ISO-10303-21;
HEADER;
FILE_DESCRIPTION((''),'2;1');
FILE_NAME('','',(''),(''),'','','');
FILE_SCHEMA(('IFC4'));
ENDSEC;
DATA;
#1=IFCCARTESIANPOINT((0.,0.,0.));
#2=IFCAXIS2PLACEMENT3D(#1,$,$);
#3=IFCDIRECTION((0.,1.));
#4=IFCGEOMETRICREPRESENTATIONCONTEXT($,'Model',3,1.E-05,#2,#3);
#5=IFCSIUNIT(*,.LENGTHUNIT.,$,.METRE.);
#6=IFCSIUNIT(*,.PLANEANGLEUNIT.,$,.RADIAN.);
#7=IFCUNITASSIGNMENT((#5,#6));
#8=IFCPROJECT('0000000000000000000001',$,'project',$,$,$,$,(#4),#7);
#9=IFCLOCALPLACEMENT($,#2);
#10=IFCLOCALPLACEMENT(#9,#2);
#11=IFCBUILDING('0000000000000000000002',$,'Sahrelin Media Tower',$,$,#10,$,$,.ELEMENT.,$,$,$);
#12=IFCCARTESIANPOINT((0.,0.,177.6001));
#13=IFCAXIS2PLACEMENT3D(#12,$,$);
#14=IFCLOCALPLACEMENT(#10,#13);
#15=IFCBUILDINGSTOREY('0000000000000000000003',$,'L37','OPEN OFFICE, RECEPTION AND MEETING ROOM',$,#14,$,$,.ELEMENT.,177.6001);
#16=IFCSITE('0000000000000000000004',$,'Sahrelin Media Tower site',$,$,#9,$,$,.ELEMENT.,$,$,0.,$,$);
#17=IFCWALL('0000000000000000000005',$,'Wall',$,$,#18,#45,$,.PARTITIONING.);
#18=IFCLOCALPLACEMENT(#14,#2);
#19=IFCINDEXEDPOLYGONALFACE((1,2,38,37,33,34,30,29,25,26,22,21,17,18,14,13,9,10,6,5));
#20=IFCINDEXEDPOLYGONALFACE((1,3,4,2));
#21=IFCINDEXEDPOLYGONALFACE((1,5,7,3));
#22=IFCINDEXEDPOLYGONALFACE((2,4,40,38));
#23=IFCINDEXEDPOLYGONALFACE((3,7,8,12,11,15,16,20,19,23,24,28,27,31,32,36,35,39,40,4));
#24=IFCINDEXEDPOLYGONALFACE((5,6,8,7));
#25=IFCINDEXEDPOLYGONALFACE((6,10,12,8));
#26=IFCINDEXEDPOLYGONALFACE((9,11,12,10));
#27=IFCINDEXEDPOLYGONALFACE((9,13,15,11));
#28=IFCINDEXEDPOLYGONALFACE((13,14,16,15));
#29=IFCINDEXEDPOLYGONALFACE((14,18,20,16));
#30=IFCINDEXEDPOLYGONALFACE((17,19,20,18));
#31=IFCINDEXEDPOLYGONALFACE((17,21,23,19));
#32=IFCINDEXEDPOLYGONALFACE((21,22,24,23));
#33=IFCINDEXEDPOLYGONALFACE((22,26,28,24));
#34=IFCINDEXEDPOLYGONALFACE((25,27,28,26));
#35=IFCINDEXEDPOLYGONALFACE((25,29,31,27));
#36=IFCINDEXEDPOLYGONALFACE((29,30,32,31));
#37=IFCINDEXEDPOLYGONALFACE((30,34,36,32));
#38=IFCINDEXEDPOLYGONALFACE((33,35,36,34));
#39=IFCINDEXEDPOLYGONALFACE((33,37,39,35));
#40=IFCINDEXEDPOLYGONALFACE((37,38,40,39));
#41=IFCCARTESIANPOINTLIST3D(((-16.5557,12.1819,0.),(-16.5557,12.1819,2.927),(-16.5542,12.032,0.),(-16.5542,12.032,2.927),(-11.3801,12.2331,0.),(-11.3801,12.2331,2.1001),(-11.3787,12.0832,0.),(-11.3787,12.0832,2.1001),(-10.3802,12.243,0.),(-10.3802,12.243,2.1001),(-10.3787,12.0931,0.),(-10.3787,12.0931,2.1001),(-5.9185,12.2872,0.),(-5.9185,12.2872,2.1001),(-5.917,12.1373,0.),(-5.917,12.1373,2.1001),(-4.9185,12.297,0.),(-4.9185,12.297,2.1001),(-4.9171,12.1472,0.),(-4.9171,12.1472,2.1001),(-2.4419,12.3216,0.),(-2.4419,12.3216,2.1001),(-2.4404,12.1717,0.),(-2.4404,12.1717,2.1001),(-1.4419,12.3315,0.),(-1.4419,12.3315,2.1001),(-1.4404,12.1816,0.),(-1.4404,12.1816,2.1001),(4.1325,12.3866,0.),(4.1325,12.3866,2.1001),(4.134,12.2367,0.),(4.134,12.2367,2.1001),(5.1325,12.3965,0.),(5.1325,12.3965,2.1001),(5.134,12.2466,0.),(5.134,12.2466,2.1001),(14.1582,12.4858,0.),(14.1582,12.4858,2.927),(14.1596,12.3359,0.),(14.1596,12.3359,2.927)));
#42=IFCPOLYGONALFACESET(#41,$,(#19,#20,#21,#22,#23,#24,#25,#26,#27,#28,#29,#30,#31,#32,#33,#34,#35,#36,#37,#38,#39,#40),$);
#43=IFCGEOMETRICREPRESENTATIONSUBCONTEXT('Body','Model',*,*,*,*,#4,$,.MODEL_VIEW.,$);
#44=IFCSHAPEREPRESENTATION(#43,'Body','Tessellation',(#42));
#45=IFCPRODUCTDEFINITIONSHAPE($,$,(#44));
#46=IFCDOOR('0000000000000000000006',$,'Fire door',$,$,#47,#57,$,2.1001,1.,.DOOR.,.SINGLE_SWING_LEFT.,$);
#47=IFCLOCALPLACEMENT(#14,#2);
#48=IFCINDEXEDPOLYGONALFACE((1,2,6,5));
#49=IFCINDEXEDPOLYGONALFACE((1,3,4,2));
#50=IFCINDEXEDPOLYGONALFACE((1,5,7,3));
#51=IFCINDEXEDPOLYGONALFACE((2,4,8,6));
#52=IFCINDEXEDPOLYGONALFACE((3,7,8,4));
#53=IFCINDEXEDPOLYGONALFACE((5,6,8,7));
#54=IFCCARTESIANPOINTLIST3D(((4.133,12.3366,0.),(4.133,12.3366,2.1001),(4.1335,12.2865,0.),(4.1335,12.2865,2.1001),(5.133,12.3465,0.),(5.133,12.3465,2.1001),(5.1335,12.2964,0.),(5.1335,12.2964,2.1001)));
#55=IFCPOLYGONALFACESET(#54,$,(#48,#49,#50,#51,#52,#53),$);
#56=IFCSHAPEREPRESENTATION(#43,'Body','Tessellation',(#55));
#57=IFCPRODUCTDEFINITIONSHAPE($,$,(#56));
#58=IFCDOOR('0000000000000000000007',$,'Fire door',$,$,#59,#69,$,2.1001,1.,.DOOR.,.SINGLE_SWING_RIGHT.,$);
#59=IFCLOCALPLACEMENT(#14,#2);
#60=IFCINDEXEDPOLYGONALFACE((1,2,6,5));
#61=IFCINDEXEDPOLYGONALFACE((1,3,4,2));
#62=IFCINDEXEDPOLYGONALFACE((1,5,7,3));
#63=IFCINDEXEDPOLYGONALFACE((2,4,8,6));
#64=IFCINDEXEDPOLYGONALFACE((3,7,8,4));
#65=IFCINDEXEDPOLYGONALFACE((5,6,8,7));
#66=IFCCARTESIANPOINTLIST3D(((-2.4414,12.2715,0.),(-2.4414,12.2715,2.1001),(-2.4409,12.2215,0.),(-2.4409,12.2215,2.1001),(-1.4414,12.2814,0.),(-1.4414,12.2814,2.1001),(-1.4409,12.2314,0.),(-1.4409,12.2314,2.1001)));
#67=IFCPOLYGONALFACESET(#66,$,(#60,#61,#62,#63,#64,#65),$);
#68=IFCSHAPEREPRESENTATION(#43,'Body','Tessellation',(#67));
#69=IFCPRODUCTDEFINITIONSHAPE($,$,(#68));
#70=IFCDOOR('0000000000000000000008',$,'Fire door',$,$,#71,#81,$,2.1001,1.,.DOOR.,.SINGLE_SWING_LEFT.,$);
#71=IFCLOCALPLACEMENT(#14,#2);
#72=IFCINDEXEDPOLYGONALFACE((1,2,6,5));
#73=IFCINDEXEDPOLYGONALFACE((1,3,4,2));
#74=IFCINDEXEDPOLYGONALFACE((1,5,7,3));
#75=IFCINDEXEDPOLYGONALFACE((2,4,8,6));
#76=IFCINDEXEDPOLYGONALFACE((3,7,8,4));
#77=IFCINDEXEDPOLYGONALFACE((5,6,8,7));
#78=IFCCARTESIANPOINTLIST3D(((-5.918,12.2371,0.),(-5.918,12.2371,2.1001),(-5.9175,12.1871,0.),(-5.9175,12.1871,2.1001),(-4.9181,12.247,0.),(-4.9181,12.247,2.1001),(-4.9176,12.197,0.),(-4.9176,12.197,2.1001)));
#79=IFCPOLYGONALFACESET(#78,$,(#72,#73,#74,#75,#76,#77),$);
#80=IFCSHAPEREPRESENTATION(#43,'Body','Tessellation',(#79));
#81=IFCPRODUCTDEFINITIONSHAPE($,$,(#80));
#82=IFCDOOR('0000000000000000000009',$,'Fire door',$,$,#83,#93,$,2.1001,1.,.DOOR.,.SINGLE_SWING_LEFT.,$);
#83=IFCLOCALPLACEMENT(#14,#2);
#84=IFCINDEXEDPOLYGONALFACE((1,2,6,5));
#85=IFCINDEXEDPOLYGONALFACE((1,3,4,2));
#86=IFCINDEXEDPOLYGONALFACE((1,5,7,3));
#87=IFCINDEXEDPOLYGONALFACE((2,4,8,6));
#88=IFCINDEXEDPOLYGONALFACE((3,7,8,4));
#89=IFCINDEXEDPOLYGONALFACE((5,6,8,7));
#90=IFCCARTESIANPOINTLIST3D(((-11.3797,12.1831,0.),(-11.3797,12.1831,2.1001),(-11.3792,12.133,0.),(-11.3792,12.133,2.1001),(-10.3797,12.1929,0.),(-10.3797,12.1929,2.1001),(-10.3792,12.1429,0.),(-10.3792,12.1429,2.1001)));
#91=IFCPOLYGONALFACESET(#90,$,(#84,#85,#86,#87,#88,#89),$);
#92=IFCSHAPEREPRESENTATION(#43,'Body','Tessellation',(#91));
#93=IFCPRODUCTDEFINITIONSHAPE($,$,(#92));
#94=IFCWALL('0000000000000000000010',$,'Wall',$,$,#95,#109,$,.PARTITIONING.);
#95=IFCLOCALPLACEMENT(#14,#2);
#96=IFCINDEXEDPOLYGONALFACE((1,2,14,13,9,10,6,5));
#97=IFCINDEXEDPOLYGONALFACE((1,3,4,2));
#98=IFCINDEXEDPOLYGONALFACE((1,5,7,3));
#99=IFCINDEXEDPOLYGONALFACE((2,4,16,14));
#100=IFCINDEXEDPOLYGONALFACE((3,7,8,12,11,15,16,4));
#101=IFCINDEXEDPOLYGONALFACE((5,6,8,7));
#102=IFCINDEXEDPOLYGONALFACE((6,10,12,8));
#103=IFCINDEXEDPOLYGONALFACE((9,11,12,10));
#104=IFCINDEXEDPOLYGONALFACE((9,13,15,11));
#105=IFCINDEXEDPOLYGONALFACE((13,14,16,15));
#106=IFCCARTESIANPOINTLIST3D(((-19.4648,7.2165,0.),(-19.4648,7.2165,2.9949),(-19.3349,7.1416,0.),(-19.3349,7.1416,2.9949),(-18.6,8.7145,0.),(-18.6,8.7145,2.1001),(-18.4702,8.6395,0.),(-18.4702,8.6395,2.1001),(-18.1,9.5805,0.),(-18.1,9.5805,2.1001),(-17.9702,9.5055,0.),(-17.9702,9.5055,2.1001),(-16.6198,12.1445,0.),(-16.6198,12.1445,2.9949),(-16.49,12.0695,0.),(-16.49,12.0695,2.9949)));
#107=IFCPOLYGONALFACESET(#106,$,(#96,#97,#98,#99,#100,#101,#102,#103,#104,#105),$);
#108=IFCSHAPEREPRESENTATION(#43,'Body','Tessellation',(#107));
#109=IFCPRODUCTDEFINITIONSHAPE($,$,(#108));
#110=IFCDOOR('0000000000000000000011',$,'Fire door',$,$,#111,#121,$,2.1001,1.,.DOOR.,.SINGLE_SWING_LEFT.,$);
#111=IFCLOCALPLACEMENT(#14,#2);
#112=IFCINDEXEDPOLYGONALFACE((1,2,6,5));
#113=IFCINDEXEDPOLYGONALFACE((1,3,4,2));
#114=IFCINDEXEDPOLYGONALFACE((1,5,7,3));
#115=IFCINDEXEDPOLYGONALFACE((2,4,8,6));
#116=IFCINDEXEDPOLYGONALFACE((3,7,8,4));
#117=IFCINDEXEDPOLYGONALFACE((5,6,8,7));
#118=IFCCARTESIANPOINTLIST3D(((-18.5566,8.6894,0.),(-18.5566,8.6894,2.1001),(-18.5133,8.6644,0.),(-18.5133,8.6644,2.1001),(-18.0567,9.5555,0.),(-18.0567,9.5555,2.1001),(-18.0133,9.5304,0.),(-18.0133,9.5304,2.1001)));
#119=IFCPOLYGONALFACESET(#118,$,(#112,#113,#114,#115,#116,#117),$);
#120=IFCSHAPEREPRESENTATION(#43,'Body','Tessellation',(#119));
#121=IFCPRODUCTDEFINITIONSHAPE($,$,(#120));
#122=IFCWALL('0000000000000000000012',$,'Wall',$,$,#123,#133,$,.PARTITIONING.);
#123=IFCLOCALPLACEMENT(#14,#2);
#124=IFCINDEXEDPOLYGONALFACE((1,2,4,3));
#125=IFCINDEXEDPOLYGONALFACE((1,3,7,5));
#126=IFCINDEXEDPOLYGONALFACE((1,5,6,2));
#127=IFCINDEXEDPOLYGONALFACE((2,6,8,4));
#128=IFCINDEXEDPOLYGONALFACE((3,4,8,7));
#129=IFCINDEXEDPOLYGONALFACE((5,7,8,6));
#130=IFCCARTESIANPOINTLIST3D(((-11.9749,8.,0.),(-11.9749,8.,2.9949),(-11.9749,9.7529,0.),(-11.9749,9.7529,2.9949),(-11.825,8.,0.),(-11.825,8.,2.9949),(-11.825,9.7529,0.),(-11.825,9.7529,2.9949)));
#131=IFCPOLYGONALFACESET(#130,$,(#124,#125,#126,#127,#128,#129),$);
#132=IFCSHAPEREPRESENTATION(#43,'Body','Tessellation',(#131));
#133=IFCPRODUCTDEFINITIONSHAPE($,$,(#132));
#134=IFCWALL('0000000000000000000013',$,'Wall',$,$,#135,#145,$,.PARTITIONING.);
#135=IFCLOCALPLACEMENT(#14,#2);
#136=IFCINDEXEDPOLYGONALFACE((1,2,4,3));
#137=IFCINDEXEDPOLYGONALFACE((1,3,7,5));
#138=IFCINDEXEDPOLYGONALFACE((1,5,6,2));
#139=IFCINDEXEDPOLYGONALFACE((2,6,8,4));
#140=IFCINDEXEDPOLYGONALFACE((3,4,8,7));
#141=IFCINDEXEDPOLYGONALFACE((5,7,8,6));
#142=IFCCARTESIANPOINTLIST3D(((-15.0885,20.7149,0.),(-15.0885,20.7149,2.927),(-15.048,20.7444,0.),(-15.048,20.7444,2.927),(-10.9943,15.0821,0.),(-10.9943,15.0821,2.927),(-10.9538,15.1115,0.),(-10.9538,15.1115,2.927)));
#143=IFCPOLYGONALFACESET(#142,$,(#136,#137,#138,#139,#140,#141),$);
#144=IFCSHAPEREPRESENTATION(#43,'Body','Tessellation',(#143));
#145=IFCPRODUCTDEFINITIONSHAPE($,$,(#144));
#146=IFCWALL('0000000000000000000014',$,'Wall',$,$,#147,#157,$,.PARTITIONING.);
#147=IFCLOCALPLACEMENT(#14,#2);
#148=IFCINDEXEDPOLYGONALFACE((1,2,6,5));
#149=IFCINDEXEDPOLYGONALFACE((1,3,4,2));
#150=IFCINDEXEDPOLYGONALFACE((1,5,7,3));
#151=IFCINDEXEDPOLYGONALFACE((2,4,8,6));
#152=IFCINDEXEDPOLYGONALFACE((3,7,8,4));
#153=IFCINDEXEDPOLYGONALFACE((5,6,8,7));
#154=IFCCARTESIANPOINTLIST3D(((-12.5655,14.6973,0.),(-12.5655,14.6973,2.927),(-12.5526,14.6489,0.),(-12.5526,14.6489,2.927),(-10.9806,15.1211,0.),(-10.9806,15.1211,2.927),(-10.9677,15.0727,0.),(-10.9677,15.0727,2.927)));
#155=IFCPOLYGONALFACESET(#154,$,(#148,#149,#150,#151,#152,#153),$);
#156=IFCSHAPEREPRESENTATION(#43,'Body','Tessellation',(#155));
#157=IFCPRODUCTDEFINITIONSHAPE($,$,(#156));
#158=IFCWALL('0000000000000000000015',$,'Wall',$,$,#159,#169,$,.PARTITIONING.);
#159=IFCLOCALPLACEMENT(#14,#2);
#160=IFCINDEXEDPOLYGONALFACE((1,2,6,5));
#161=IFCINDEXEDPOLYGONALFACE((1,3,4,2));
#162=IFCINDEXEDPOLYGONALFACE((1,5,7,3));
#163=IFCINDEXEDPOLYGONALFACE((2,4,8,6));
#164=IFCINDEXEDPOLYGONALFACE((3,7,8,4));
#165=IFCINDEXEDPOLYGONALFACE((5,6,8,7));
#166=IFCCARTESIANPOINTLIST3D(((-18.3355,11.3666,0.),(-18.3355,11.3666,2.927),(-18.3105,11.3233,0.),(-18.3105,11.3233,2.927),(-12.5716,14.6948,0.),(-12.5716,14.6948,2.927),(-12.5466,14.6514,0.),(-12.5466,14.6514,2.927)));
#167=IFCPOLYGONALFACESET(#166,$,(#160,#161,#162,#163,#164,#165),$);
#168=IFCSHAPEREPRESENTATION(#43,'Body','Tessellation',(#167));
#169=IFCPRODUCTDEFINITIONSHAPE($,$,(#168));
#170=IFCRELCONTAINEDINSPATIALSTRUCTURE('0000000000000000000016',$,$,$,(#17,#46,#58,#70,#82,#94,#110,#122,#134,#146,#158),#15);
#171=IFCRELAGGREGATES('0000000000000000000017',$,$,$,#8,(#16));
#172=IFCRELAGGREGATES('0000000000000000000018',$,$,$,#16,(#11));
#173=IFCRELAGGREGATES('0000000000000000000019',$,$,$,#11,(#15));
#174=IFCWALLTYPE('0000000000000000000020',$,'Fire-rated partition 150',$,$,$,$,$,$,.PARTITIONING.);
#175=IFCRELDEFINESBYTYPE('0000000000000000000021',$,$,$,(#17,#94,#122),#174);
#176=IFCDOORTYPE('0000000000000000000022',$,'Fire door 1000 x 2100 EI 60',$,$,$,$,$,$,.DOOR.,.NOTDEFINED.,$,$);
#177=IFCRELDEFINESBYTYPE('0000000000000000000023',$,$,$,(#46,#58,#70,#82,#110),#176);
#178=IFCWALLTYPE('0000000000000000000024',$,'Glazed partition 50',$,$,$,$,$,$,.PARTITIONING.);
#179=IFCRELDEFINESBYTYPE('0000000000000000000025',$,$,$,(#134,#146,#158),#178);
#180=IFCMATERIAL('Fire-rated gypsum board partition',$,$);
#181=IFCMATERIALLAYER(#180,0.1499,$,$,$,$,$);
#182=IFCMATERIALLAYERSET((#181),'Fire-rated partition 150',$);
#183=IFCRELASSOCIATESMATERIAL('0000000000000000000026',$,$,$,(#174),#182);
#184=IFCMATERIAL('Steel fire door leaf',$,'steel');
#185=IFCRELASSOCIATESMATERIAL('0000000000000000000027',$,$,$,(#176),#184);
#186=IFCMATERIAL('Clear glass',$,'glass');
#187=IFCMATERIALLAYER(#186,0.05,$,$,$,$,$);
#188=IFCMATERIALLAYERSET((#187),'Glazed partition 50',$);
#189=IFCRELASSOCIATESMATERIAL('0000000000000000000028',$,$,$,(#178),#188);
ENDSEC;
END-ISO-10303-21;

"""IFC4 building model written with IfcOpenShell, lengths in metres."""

from ifc_helpers import new_model, si_unit, direction, frame, frame_2d, origin, place, context, subcontext, project, spatial, rectangle, extrude, material, layer, layer_set, type_object, element, fill, save


model = new_model("IFC4")

# Units and contexts
model_context = context("Model", 3, precision=1e-05, world=origin(), true_north=direction((0.0, 1.0)))
body_context = subcontext(model_context, "Body", "Model", "MODEL_VIEW")
ifc_project = project(units=[si_unit("LENGTHUNIT", "METRE"), si_unit("PLANEANGLEUNIT", "RADIAN")], contexts=[model_context])

# Site, building, storey
site_placement = place(None, origin())
site = spatial("IfcSite", under=ifc_project, at=site_placement, Name="Sahrelin Media Tower site", CompositionType="ELEMENT", RefElevation=0.0)
building_placement = place(site_placement, origin())
building = spatial("IfcBuilding", under=site, at=building_placement, Name="Sahrelin Media Tower", CompositionType="ELEMENT")
storey_placement = place(building_placement, frame((0.0, 0.0, 177.6001)))
storey = spatial("IfcBuildingStorey", under=building, at=storey_placement, Name="L37", Description="OPEN OFFICE, RECEPTION AND MEETING ROOM", CompositionType="ELEMENT", Elevation=177.6001)

# Shared definitions
ifc_material_1 = material(Name="Steel fire door leaf", Category="steel")

# Shared definitions
ifc_material_2 = material(Name="Fire-rated gypsum board partition")
ifc_layer_1 = layer(ifc_material_2, 0.1499)
ifc_layer_set_1 = layer_set([ifc_layer_1], Name="Fire-rated partition 150")
wall_type_1 = type_object("IfcWallType", Name="Fire-rated partition 150", PredefinedType="PARTITIONING", material=ifc_layer_set_1)

# Wall, openings, doors
wall_1_placement = place(storey_placement, frame((-16.5549, 12.1069, 0.0), z_axis=(0.0, 0.0, 1.0), x_axis=(0.999951, 0.009896, 0.0)))
wall_1 = element("IfcWall", 1, at=wall_1_placement, inside=storey, type_object=wall_type_1, Name="Wall", PredefinedType="PARTITIONING", context=body_context, shape_type="SweptSolid", body=[
    extrude(rectangle(XDim=30.7153, YDim=0.1499, at=frame_2d((15.3577, 0.0))), origin(), (0.0, 0.0, 1.0), 2.927),
])
opening_1_placement = place(wall_1_placement, frame((20.6892, 0.0, 0.0)))
opening_1 = element("IfcOpeningElement", 2, at=opening_1_placement, cuts=wall_1, PredefinedType="OPENING", context=body_context, shape_type="SweptSolid", body=[
    extrude(rectangle(XDim=1.0, YDim=2.1001, at=frame_2d((0.5, 1.05))), frame((0.0, 0.075, 0.0), z_axis=(0.0, -1.0, 0.0), x_axis=(1.0, 0.0, 0.0)), (0.0, 0.0, 1.0), 0.1499),
])
opening_2_placement = place(wall_1_placement, frame((14.1145, 0.0, 0.0)))
opening_2 = element("IfcOpeningElement", 3, at=opening_2_placement, cuts=wall_1, PredefinedType="OPENING", context=body_context, shape_type="SweptSolid", body=[
    extrude(rectangle(XDim=1.0, YDim=2.1001, at=frame_2d((0.5, 1.05))), frame((0.0, 0.075, 0.0), z_axis=(0.0, -1.0, 0.0), x_axis=(1.0, 0.0, 0.0)), (0.0, 0.0, 1.0), 0.1499),
])
opening_3_placement = place(wall_1_placement, frame((10.6377, 0.0, 0.0)))
opening_3 = element("IfcOpeningElement", 4, at=opening_3_placement, cuts=wall_1, PredefinedType="OPENING", context=body_context, shape_type="SweptSolid", body=[
    extrude(rectangle(XDim=1.0, YDim=2.1001, at=frame_2d((0.5, 1.05))), frame((0.0, 0.075, 0.0), z_axis=(0.0, -1.0, 0.0), x_axis=(1.0, 0.0, 0.0)), (0.0, 0.0, 1.0), 0.1499),
])
opening_4_placement = place(wall_1_placement, frame((5.1758, 0.0, 0.0)))
opening_4 = element("IfcOpeningElement", 5, at=opening_4_placement, cuts=wall_1, PredefinedType="OPENING", context=body_context, shape_type="SweptSolid", body=[
    extrude(rectangle(XDim=1.0, YDim=2.1001, at=frame_2d((0.5, 1.05))), frame((0.0, 0.075, 0.0), z_axis=(0.0, -1.0, 0.0), x_axis=(1.0, 0.0, 0.0)), (0.0, 0.0, 1.0), 0.1499),
])
door_type_1 = type_object("IfcDoorType", Name="Fire door 1000 x 2100 EI 60", OperationType="NOTDEFINED", PredefinedType="DOOR", material=ifc_material_1)
door_1_placement = place(opening_1_placement, origin())
door_1 = element("IfcDoor", 6, at=door_1_placement, inside=storey, type_object=door_type_1, Name="Fire door", OperationType="SINGLE_SWING_LEFT", OverallHeight=2.1001, OverallWidth=1.0, PredefinedType="DOOR", context=body_context, shape_type="SweptSolid", body=[
    extrude(rectangle(XDim=1.0, YDim=2.1001, at=frame_2d((0.5, 1.05))), frame((0.0, 0.0249, 0.0), z_axis=(0.0, -1.0, 0.0), x_axis=(1.0, 0.0, 0.0)), (0.0, 0.0, 1.0), 0.05),
])
fill(opening_1, door_1)
door_2_placement = place(opening_2_placement, origin())
door_2 = element("IfcDoor", 7, at=door_2_placement, inside=storey, type_object=door_type_1, Name="Fire door", OperationType="SINGLE_SWING_RIGHT", OverallHeight=2.1001, OverallWidth=1.0, PredefinedType="DOOR", context=body_context, shape_type="SweptSolid", body=[
    extrude(rectangle(XDim=1.0, YDim=2.1001, at=frame_2d((0.5, 1.05))), frame((0.0, 0.0249, 0.0), z_axis=(0.0, -1.0, 0.0), x_axis=(1.0, 0.0, 0.0)), (0.0, 0.0, 1.0), 0.05),
])
fill(opening_2, door_2)
door_3_placement = place(opening_3_placement, origin())
door_3 = element("IfcDoor", 8, at=door_3_placement, inside=storey, type_object=door_type_1, Name="Fire door", OperationType="SINGLE_SWING_LEFT", OverallHeight=2.1001, OverallWidth=1.0, PredefinedType="DOOR", context=body_context, shape_type="SweptSolid", body=[
    extrude(rectangle(XDim=1.0, YDim=2.1001, at=frame_2d((0.5, 1.05))), frame((0.0, 0.0249, 0.0), z_axis=(0.0, -1.0, 0.0), x_axis=(1.0, 0.0, 0.0)), (0.0, 0.0, 1.0), 0.05),
])
fill(opening_3, door_3)
door_4_placement = place(opening_4_placement, origin())
door_4 = element("IfcDoor", 9, at=door_4_placement, inside=storey, type_object=door_type_1, Name="Fire door", OperationType="SINGLE_SWING_LEFT", OverallHeight=2.1001, OverallWidth=1.0, PredefinedType="DOOR", context=body_context, shape_type="SweptSolid", body=[
    extrude(rectangle(XDim=1.0, YDim=2.1001, at=frame_2d((0.5, 1.05))), frame((0.0, 0.0249, 0.0), z_axis=(0.0, -1.0, 0.0), x_axis=(1.0, 0.0, 0.0)), (0.0, 0.0, 1.0), 0.05),
])
fill(opening_4, door_4)

# Wall, opening, door
wall_2_placement = place(storey_placement, frame((-19.3999, 7.179, 0.0), z_axis=(0.0, 0.0, 1.0), x_axis=(0.499974, 0.866041, 0.0)))
wall_2 = element("IfcWall", 10, at=wall_2_placement, inside=storey, type_object=wall_type_1, Name="Wall", PredefinedType="PARTITIONING", context=body_context, shape_type="SweptSolid", body=[
    extrude(rectangle(XDim=5.6902, YDim=0.1499, at=frame_2d((2.8452, 0.0))), origin(), (0.0, 0.0, 1.0), 2.9949),
])
opening_5_placement = place(wall_2_placement, frame((1.7297, 0.0, 0.0)))
opening_5 = element("IfcOpeningElement", 11, at=opening_5_placement, cuts=wall_2, PredefinedType="OPENING", context=body_context, shape_type="SweptSolid", body=[
    extrude(rectangle(XDim=1.0, YDim=2.1001, at=frame_2d((0.5, 1.05))), frame((0.0, 0.075, 0.0), z_axis=(0.0, -1.0, 0.0), x_axis=(1.0, 0.0, 0.0)), (0.0, 0.0, 1.0), 0.1499),
])
door_5_placement = place(opening_5_placement, origin())
door_5 = element("IfcDoor", 12, at=door_5_placement, inside=storey, type_object=door_type_1, Name="Fire door", OperationType="SINGLE_SWING_LEFT", OverallHeight=2.1001, OverallWidth=1.0, PredefinedType="DOOR", context=body_context, shape_type="SweptSolid", body=[
    extrude(rectangle(XDim=1.0, YDim=2.1001, at=frame_2d((0.5, 1.05))), frame((0.0, 0.0249, 0.0), z_axis=(0.0, -1.0, 0.0), x_axis=(1.0, 0.0, 0.0)), (0.0, 0.0, 1.0), 0.05),
])
fill(opening_5, door_5)

# Walls
wall_3_placement = place(storey_placement, frame((-11.8999, 8.0, 0.0), z_axis=(0.0, 0.0, 1.0), x_axis=(0.0, 1.0, 0.0)))
element("IfcWall", 13, at=wall_3_placement, inside=storey, type_object=wall_type_1, Name="Wall", PredefinedType="PARTITIONING", context=body_context, shape_type="SweptSolid", body=[
    extrude(rectangle(XDim=1.7529, YDim=0.1499, at=frame_2d((0.8765, 0.0))), origin(), (0.0, 0.0, 1.0), 2.9949),
])
ifc_material_3 = material(Name="Clear glass", Category="glass")
ifc_layer_2 = layer(ifc_material_3, 0.05)
ifc_layer_set_2 = layer_set([ifc_layer_2], Name="Glazed partition 50")
wall_type_2 = type_object("IfcWallType", Name="Glazed partition 50", PredefinedType="PARTITIONING", material=ifc_layer_set_2)
wall_4_placement = place(storey_placement, frame((-15.0684, 20.7297, 0.0), z_axis=(0.0, 0.0, 1.0), x_axis=(0.587951, -0.808897, 0.0)))
element("IfcWall", 14, at=wall_4_placement, inside=storey, type_object=wall_type_2, Name="Wall", PredefinedType="PARTITIONING", context=body_context, shape_type="SweptSolid", body=[
    extrude(rectangle(XDim=6.9636, YDim=0.05, at=frame_2d((3.4819, 0.0))), origin(), (0.0, 0.0, 1.0), 2.927),
])
wall_5_placement = place(storey_placement, frame((-12.5591, 14.6731, 0.0), z_axis=(0.0, 0.0, 1.0), x_axis=(0.966057, 0.258329, 0.0)))
element("IfcWall", 15, at=wall_5_placement, inside=storey, type_object=wall_type_2, Name="Wall", PredefinedType="PARTITIONING", context=body_context, shape_type="SweptSolid", body=[
    extrude(rectangle(XDim=1.6406, YDim=0.05, at=frame_2d((0.8203, 0.0))), origin(), (0.0, 0.0, 1.0), 2.927),
])
wall_6_placement = place(storey_placement, frame((-18.323, 11.345, 0.0), z_axis=(0.0, 0.0, 1.0), x_axis=(0.866004, 0.500037, 0.0)))
element("IfcWall", 16, at=wall_6_placement, inside=storey, type_object=wall_type_2, Name="Wall", PredefinedType="PARTITIONING", context=body_context, shape_type="SweptSolid", body=[
    extrude(rectangle(XDim=6.6558, YDim=0.05, at=frame_2d((3.3279, 0.0))), origin(), (0.0, 0.0, 1.0), 2.927),
])

save(model, "model.ifc")
